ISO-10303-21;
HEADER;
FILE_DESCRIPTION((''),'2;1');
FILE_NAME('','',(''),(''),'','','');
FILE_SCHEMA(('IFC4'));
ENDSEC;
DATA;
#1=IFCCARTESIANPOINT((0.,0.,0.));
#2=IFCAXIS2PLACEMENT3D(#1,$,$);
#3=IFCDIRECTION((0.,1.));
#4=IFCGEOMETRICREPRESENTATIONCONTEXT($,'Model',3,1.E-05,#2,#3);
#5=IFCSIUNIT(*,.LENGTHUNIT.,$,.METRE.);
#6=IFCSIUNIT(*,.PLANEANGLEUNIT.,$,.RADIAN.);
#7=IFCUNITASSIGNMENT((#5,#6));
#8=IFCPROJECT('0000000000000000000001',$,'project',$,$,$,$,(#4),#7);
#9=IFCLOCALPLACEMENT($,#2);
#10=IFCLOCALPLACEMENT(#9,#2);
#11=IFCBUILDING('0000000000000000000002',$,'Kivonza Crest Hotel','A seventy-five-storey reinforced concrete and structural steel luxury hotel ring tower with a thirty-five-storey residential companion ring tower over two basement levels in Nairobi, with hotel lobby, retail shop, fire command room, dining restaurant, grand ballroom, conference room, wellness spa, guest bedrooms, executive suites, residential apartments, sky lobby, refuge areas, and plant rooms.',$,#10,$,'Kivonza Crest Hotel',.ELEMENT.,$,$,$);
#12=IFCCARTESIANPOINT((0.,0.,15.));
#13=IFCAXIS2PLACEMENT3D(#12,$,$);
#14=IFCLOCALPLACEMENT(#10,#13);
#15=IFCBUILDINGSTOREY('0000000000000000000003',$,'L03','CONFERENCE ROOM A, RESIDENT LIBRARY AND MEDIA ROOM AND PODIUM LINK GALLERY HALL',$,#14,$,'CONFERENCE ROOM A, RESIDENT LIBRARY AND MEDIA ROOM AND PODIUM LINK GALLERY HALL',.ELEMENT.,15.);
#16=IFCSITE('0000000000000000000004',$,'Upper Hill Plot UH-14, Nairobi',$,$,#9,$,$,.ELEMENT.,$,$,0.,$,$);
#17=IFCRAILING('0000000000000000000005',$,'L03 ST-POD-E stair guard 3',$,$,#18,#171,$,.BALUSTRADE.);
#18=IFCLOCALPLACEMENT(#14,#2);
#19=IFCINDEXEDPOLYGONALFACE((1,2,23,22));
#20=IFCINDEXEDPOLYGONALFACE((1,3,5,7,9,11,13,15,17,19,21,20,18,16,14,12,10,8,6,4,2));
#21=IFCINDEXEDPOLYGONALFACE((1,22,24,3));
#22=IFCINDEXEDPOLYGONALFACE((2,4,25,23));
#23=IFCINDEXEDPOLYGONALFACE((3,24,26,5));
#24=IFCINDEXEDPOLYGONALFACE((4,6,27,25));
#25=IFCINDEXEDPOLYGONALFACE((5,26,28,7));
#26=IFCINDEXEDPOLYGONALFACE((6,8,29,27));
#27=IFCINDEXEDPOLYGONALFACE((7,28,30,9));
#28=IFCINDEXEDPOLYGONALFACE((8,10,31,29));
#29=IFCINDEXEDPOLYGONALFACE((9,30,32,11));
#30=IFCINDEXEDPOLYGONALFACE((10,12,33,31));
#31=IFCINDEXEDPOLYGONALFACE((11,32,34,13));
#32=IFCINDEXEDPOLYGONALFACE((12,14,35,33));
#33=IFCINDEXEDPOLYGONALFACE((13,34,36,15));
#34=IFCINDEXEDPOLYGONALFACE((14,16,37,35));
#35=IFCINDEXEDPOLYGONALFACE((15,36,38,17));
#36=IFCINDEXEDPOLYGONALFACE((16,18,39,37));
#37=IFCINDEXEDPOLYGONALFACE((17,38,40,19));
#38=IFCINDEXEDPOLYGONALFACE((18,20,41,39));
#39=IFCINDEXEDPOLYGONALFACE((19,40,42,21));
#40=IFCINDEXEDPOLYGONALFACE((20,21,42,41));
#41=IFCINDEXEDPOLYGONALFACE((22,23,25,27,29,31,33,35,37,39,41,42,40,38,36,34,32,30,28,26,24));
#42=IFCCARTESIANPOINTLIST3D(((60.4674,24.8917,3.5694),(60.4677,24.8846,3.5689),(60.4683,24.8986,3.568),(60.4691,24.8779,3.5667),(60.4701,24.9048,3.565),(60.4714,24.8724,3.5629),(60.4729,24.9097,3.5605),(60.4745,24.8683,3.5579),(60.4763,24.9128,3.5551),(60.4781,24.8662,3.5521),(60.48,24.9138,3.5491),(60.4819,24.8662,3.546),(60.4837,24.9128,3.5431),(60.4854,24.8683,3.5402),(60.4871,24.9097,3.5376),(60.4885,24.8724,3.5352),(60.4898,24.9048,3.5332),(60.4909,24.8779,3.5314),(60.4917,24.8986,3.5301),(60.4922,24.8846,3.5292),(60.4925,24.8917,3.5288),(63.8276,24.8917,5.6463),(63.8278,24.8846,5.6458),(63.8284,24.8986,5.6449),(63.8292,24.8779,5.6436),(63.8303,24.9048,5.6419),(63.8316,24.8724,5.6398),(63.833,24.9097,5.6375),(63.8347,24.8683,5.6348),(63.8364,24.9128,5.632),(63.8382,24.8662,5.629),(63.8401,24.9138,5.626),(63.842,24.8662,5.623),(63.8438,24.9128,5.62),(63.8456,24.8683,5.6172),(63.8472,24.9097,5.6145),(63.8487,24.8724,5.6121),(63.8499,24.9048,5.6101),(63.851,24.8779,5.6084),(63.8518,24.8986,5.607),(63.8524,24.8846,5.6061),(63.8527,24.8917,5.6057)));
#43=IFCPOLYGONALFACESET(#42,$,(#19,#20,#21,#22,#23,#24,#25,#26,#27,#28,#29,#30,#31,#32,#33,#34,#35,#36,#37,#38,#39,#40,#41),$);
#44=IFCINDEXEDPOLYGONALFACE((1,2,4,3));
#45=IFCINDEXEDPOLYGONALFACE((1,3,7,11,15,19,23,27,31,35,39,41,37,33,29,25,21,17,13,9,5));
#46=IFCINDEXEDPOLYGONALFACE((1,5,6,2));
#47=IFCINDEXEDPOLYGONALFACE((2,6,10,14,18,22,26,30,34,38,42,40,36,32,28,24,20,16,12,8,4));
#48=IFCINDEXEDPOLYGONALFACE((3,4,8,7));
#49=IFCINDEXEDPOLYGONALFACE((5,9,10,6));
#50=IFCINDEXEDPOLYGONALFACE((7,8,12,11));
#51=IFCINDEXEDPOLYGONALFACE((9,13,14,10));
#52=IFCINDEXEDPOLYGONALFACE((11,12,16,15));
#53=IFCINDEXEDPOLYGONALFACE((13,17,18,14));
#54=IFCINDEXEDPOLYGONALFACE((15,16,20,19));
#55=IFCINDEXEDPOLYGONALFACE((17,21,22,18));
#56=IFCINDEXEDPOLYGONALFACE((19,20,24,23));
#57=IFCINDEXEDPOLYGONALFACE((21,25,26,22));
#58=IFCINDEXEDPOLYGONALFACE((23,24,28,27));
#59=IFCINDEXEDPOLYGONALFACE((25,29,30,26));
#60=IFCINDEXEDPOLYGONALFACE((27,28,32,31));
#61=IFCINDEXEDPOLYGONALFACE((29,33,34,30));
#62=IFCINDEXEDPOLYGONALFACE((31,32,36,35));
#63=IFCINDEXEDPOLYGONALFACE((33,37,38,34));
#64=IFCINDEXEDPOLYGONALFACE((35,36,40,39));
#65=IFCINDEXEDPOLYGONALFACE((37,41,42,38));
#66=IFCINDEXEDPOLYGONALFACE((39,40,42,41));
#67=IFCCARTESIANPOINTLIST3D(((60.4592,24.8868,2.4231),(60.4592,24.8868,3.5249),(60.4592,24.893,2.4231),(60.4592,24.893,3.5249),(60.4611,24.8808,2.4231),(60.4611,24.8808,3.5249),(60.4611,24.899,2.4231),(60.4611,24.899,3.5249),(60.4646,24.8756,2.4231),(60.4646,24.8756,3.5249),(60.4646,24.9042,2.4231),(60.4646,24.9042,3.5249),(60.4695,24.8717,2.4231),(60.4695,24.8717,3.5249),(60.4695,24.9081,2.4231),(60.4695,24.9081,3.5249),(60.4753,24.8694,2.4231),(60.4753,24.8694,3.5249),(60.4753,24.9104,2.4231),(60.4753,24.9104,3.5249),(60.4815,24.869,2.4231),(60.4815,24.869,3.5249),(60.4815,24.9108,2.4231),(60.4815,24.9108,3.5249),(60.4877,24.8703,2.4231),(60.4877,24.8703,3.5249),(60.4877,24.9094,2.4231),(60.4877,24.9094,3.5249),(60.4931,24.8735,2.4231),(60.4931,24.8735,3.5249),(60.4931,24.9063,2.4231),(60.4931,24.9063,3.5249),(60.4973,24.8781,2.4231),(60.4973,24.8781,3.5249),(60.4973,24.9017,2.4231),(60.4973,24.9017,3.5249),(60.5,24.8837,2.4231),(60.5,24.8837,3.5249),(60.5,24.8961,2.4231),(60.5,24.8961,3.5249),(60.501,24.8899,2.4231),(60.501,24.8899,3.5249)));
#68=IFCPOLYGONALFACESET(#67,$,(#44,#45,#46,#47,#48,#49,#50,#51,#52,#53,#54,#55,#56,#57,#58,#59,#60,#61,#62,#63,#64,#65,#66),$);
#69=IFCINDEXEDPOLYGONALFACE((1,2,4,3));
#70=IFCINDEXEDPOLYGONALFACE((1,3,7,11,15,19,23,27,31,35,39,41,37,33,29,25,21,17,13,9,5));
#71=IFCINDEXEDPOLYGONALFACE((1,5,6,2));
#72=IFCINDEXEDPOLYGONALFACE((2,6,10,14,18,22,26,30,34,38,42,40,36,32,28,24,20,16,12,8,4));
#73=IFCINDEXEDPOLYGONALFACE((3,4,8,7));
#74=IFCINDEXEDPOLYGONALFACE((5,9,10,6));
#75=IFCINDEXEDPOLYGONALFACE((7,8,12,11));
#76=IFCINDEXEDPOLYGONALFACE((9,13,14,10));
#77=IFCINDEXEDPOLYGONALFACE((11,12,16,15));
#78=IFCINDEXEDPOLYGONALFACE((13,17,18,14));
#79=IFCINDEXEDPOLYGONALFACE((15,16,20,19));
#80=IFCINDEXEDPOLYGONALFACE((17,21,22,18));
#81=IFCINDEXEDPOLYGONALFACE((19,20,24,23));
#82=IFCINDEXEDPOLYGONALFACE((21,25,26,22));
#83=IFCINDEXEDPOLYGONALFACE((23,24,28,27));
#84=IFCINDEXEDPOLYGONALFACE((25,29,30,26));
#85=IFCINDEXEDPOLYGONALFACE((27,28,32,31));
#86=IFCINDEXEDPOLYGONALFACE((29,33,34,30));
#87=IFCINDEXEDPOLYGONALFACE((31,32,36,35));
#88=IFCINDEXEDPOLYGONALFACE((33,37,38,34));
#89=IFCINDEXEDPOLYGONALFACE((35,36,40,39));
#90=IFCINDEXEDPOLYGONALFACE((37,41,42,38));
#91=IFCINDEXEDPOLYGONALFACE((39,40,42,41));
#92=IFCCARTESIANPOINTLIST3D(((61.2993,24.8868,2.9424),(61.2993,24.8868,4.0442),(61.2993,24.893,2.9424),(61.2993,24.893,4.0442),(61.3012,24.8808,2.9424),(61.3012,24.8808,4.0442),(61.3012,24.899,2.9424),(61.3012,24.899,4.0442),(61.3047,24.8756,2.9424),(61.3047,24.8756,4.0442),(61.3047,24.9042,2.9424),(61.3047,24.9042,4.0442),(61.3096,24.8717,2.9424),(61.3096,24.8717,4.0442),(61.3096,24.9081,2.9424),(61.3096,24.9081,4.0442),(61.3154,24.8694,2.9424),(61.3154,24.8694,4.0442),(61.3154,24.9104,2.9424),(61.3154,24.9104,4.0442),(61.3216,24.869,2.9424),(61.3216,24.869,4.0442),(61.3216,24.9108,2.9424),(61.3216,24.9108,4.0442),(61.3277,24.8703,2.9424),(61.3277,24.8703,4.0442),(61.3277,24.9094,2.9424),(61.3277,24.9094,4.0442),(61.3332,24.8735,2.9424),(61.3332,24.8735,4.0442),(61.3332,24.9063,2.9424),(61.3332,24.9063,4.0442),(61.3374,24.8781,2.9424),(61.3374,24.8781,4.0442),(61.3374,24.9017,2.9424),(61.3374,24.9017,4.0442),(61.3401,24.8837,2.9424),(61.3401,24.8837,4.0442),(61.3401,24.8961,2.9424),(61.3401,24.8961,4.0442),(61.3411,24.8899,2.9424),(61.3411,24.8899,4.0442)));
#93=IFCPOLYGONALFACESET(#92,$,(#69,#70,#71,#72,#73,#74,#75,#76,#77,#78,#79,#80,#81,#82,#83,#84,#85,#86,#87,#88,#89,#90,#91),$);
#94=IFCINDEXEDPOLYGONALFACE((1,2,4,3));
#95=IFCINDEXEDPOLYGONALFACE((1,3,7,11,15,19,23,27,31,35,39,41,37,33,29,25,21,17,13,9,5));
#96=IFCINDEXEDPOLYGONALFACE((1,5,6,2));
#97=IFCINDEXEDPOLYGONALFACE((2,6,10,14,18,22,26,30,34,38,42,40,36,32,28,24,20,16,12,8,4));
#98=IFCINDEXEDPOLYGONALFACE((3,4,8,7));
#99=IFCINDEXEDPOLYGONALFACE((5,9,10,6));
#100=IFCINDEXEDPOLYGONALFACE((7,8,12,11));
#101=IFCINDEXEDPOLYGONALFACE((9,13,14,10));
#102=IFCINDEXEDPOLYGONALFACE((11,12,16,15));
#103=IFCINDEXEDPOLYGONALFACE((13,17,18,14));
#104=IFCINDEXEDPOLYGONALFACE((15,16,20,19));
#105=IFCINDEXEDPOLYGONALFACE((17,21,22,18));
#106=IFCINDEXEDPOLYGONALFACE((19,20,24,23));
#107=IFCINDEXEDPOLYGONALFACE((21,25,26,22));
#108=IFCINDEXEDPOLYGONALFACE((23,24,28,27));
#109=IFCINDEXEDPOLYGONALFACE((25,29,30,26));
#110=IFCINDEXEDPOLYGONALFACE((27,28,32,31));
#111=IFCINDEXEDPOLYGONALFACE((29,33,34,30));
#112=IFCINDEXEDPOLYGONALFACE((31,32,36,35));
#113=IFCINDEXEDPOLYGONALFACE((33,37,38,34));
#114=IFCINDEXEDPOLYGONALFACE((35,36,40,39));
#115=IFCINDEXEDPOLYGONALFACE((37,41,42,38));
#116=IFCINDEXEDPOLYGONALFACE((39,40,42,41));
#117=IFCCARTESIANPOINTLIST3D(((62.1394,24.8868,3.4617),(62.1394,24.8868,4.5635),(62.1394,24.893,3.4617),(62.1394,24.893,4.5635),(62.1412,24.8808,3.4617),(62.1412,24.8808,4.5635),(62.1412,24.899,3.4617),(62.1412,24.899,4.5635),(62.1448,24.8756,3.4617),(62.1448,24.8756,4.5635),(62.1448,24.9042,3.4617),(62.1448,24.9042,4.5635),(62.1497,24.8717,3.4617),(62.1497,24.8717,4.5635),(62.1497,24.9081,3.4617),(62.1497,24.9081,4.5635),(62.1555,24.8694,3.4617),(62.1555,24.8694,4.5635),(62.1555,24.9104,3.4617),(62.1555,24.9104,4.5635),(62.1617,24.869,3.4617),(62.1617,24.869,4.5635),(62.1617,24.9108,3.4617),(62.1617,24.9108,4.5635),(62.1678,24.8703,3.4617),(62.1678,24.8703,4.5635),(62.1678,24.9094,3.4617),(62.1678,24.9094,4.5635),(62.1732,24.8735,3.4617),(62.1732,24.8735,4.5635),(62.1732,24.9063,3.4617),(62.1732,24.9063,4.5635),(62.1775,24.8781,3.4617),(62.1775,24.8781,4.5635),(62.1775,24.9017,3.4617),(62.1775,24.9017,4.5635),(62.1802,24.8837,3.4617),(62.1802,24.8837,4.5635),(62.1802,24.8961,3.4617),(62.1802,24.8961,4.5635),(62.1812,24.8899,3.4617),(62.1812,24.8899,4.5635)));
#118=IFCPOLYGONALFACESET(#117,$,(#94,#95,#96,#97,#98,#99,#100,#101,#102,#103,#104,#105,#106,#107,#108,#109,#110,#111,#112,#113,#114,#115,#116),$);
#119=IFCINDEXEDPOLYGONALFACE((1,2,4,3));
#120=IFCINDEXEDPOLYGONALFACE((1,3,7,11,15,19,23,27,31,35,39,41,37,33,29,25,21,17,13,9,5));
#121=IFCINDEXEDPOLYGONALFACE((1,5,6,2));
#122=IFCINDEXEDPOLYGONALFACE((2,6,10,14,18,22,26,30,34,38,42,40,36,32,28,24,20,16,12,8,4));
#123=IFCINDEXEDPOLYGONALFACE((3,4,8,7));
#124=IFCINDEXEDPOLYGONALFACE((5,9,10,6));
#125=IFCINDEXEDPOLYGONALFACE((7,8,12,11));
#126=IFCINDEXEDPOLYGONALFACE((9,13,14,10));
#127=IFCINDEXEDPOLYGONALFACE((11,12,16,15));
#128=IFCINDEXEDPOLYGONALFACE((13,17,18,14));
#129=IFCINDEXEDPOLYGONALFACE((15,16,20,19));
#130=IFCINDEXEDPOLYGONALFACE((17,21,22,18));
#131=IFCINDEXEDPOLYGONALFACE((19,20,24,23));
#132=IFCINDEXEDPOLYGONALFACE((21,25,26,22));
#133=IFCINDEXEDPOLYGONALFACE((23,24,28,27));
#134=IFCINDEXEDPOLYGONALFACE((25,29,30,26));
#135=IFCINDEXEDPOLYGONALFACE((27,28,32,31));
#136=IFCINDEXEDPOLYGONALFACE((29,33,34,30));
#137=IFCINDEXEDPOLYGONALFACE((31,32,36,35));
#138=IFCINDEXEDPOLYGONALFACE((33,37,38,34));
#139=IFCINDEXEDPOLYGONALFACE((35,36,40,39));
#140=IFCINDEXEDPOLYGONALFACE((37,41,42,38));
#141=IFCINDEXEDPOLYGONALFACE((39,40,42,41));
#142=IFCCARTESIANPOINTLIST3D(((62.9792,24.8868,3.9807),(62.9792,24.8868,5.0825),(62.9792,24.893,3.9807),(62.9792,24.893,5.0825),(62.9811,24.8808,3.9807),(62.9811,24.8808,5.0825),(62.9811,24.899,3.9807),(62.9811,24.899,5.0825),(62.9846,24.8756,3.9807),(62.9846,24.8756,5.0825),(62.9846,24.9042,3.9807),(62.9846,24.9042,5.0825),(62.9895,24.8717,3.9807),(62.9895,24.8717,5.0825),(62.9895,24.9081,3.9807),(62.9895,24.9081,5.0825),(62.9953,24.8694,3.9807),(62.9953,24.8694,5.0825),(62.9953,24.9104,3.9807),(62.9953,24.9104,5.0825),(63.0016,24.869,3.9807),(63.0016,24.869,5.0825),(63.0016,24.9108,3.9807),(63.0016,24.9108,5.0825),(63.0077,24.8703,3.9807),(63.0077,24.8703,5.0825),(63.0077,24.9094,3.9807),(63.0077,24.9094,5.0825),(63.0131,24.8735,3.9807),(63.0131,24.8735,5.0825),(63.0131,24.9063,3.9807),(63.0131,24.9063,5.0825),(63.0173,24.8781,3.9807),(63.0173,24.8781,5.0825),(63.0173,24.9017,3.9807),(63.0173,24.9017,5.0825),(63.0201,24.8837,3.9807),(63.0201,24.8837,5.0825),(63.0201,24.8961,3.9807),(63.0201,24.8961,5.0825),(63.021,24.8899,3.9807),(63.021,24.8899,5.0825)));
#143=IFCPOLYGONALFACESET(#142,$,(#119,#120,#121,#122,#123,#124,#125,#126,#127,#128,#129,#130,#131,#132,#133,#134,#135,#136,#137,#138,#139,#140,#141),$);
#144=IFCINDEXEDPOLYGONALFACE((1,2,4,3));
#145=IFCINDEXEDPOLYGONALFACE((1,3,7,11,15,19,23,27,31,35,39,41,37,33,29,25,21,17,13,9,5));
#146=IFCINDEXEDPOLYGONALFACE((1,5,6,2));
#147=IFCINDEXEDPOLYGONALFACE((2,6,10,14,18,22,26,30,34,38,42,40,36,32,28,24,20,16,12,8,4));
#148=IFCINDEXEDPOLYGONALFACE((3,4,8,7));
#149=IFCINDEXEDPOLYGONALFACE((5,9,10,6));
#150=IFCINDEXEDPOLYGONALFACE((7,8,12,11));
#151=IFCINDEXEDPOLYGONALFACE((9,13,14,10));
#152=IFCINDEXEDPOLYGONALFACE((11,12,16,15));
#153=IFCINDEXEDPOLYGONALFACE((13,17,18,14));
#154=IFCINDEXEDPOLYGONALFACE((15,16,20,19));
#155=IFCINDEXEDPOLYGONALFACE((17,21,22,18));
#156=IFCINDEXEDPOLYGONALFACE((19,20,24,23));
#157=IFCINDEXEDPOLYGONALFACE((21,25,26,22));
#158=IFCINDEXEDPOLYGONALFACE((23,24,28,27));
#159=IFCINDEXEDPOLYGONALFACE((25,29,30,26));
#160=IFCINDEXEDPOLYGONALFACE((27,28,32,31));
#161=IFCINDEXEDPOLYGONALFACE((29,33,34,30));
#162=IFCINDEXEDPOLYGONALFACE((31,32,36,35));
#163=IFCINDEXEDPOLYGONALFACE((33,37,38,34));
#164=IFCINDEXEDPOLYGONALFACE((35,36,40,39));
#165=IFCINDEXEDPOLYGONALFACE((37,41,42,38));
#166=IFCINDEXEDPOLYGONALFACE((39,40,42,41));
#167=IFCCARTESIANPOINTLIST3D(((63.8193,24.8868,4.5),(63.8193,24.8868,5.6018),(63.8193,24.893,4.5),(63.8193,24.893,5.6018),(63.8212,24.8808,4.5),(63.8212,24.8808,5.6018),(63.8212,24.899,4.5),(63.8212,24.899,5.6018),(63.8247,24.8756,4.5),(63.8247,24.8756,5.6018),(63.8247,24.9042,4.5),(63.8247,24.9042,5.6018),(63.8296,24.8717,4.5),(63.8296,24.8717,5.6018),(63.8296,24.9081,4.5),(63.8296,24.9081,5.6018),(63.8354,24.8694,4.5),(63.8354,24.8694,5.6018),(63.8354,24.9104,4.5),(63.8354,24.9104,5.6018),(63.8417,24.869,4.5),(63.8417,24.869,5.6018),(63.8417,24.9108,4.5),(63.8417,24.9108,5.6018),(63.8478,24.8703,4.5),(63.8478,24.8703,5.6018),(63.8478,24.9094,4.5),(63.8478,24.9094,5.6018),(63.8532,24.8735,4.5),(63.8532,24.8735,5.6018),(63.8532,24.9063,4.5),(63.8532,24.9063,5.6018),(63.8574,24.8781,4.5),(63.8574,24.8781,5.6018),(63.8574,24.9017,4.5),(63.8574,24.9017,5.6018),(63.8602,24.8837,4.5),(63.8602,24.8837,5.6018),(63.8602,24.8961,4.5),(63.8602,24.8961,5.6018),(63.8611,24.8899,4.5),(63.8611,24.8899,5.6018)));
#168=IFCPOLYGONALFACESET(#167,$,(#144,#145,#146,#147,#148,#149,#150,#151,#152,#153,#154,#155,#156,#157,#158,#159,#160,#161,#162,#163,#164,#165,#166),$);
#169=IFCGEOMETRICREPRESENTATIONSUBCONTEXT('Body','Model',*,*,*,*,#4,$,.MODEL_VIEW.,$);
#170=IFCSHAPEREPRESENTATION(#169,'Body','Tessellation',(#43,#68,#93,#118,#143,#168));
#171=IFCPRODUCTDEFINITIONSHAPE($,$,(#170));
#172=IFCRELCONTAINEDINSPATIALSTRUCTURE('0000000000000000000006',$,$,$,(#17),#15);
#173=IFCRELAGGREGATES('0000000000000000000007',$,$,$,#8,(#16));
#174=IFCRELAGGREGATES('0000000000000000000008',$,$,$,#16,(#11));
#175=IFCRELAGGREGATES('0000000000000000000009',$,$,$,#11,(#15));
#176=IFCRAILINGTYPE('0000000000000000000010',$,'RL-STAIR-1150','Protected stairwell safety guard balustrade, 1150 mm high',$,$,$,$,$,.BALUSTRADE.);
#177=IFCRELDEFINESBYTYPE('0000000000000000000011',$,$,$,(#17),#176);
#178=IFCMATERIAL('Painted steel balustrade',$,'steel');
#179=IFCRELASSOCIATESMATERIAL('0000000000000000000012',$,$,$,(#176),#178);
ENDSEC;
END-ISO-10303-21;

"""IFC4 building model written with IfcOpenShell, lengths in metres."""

from ifc_helpers import new_model, si_unit, direction, frame, origin, origin_2d, place, context, subcontext, project, spatial, circle, extrude, material, type_object, element, save


model = new_model("IFC4")

# Units and contexts
model_context = context("Model", 3, precision=1e-05, world=origin(), true_north=direction((0.0, 1.0)))
body_context = subcontext(model_context, "Body", "Model", "MODEL_VIEW")
ifc_project = project(units=[si_unit("LENGTHUNIT", "METRE"), si_unit("PLANEANGLEUNIT", "RADIAN")], contexts=[model_context])

# Site, building, storey
site_placement = place(None, origin())
site = spatial("IfcSite", under=ifc_project, at=site_placement, Name="Upper Hill Plot UH-14, Nairobi", CompositionType="ELEMENT", RefElevation=0.0)
building_placement = place(site_placement, origin())
building = spatial("IfcBuilding", under=site, at=building_placement, Name="Kivonza Crest Hotel", Description="A seventy-five-storey reinforced concrete and structural steel luxury hotel ring tower with a thirty-five-storey residential companion ring tower over two basement levels in Nairobi, with hotel lobby, retail shop, fire command room, dining restaurant, grand ballroom, conference room, wellness spa, guest bedrooms, executive suites, residential apartments, sky lobby, refuge areas, and plant rooms.", LongName="Kivonza Crest Hotel", CompositionType="ELEMENT")
storey_placement = place(building_placement, frame((0.0, 0.0, 15.0)))
storey = spatial("IfcBuildingStorey", under=building, at=storey_placement, Name="L03", Description="CONFERENCE ROOM A, RESIDENT LIBRARY AND MEDIA ROOM AND PODIUM LINK GALLERY HALL", LongName="CONFERENCE ROOM A, RESIDENT LIBRARY AND MEDIA ROOM AND PODIUM LINK GALLERY HALL", CompositionType="ELEMENT", Elevation=15.0)

# Railing
ifc_material_1 = material(Name="Painted steel balustrade", Category="steel")
railing_type_1 = type_object("IfcRailingType", Name="RL-STAIR-1150", Description="Protected stairwell safety guard balustrade, 1150 mm high", PredefinedType="BALUSTRADE", material=ifc_material_1)
railing_1_placement = place(storey_placement, frame((60.48, 24.8899, 2.4231)))
element("IfcRailing", 1, at=railing_1_placement, inside=storey, type_object=railing_type_1, Name="L03 ST-POD-E stair guard 3", PredefinedType="BALUSTRADE", context=body_context, shape_type="SweptSolid", body=[
    extrude(circle(Radius=0.0239, at=origin_2d()), frame((0.0, 0.0, 1.126), z_axis=(0.850623, 0.0, 0.525776), x_axis=(0.0, 1.0, 0.0)), (0.0, 0.0, 1.0), 3.9502),
    extrude(circle(Radius=0.021, at=origin_2d()), origin(), (0.0, 0.0, 1.0), 1.1018),
    extrude(circle(Radius=0.021, at=origin_2d()), frame((0.8401, 0.0, 0.5193)), (0.0, 0.0, 1.0), 1.1018),
    extrude(circle(Radius=0.021, at=origin_2d()), frame((1.6802, 0.0, 1.0386)), (0.0, 0.0, 1.0), 1.1018),
    extrude(circle(Radius=0.021, at=origin_2d()), frame((2.52, 0.0, 1.5576)), (0.0, 0.0, 1.0), 1.1018),
    extrude(circle(Radius=0.021, at=origin_2d()), frame((3.3601, 0.0, 2.0769)), (0.0, 0.0, 1.0), 1.1018),
])

save(model, "model.ifc")
